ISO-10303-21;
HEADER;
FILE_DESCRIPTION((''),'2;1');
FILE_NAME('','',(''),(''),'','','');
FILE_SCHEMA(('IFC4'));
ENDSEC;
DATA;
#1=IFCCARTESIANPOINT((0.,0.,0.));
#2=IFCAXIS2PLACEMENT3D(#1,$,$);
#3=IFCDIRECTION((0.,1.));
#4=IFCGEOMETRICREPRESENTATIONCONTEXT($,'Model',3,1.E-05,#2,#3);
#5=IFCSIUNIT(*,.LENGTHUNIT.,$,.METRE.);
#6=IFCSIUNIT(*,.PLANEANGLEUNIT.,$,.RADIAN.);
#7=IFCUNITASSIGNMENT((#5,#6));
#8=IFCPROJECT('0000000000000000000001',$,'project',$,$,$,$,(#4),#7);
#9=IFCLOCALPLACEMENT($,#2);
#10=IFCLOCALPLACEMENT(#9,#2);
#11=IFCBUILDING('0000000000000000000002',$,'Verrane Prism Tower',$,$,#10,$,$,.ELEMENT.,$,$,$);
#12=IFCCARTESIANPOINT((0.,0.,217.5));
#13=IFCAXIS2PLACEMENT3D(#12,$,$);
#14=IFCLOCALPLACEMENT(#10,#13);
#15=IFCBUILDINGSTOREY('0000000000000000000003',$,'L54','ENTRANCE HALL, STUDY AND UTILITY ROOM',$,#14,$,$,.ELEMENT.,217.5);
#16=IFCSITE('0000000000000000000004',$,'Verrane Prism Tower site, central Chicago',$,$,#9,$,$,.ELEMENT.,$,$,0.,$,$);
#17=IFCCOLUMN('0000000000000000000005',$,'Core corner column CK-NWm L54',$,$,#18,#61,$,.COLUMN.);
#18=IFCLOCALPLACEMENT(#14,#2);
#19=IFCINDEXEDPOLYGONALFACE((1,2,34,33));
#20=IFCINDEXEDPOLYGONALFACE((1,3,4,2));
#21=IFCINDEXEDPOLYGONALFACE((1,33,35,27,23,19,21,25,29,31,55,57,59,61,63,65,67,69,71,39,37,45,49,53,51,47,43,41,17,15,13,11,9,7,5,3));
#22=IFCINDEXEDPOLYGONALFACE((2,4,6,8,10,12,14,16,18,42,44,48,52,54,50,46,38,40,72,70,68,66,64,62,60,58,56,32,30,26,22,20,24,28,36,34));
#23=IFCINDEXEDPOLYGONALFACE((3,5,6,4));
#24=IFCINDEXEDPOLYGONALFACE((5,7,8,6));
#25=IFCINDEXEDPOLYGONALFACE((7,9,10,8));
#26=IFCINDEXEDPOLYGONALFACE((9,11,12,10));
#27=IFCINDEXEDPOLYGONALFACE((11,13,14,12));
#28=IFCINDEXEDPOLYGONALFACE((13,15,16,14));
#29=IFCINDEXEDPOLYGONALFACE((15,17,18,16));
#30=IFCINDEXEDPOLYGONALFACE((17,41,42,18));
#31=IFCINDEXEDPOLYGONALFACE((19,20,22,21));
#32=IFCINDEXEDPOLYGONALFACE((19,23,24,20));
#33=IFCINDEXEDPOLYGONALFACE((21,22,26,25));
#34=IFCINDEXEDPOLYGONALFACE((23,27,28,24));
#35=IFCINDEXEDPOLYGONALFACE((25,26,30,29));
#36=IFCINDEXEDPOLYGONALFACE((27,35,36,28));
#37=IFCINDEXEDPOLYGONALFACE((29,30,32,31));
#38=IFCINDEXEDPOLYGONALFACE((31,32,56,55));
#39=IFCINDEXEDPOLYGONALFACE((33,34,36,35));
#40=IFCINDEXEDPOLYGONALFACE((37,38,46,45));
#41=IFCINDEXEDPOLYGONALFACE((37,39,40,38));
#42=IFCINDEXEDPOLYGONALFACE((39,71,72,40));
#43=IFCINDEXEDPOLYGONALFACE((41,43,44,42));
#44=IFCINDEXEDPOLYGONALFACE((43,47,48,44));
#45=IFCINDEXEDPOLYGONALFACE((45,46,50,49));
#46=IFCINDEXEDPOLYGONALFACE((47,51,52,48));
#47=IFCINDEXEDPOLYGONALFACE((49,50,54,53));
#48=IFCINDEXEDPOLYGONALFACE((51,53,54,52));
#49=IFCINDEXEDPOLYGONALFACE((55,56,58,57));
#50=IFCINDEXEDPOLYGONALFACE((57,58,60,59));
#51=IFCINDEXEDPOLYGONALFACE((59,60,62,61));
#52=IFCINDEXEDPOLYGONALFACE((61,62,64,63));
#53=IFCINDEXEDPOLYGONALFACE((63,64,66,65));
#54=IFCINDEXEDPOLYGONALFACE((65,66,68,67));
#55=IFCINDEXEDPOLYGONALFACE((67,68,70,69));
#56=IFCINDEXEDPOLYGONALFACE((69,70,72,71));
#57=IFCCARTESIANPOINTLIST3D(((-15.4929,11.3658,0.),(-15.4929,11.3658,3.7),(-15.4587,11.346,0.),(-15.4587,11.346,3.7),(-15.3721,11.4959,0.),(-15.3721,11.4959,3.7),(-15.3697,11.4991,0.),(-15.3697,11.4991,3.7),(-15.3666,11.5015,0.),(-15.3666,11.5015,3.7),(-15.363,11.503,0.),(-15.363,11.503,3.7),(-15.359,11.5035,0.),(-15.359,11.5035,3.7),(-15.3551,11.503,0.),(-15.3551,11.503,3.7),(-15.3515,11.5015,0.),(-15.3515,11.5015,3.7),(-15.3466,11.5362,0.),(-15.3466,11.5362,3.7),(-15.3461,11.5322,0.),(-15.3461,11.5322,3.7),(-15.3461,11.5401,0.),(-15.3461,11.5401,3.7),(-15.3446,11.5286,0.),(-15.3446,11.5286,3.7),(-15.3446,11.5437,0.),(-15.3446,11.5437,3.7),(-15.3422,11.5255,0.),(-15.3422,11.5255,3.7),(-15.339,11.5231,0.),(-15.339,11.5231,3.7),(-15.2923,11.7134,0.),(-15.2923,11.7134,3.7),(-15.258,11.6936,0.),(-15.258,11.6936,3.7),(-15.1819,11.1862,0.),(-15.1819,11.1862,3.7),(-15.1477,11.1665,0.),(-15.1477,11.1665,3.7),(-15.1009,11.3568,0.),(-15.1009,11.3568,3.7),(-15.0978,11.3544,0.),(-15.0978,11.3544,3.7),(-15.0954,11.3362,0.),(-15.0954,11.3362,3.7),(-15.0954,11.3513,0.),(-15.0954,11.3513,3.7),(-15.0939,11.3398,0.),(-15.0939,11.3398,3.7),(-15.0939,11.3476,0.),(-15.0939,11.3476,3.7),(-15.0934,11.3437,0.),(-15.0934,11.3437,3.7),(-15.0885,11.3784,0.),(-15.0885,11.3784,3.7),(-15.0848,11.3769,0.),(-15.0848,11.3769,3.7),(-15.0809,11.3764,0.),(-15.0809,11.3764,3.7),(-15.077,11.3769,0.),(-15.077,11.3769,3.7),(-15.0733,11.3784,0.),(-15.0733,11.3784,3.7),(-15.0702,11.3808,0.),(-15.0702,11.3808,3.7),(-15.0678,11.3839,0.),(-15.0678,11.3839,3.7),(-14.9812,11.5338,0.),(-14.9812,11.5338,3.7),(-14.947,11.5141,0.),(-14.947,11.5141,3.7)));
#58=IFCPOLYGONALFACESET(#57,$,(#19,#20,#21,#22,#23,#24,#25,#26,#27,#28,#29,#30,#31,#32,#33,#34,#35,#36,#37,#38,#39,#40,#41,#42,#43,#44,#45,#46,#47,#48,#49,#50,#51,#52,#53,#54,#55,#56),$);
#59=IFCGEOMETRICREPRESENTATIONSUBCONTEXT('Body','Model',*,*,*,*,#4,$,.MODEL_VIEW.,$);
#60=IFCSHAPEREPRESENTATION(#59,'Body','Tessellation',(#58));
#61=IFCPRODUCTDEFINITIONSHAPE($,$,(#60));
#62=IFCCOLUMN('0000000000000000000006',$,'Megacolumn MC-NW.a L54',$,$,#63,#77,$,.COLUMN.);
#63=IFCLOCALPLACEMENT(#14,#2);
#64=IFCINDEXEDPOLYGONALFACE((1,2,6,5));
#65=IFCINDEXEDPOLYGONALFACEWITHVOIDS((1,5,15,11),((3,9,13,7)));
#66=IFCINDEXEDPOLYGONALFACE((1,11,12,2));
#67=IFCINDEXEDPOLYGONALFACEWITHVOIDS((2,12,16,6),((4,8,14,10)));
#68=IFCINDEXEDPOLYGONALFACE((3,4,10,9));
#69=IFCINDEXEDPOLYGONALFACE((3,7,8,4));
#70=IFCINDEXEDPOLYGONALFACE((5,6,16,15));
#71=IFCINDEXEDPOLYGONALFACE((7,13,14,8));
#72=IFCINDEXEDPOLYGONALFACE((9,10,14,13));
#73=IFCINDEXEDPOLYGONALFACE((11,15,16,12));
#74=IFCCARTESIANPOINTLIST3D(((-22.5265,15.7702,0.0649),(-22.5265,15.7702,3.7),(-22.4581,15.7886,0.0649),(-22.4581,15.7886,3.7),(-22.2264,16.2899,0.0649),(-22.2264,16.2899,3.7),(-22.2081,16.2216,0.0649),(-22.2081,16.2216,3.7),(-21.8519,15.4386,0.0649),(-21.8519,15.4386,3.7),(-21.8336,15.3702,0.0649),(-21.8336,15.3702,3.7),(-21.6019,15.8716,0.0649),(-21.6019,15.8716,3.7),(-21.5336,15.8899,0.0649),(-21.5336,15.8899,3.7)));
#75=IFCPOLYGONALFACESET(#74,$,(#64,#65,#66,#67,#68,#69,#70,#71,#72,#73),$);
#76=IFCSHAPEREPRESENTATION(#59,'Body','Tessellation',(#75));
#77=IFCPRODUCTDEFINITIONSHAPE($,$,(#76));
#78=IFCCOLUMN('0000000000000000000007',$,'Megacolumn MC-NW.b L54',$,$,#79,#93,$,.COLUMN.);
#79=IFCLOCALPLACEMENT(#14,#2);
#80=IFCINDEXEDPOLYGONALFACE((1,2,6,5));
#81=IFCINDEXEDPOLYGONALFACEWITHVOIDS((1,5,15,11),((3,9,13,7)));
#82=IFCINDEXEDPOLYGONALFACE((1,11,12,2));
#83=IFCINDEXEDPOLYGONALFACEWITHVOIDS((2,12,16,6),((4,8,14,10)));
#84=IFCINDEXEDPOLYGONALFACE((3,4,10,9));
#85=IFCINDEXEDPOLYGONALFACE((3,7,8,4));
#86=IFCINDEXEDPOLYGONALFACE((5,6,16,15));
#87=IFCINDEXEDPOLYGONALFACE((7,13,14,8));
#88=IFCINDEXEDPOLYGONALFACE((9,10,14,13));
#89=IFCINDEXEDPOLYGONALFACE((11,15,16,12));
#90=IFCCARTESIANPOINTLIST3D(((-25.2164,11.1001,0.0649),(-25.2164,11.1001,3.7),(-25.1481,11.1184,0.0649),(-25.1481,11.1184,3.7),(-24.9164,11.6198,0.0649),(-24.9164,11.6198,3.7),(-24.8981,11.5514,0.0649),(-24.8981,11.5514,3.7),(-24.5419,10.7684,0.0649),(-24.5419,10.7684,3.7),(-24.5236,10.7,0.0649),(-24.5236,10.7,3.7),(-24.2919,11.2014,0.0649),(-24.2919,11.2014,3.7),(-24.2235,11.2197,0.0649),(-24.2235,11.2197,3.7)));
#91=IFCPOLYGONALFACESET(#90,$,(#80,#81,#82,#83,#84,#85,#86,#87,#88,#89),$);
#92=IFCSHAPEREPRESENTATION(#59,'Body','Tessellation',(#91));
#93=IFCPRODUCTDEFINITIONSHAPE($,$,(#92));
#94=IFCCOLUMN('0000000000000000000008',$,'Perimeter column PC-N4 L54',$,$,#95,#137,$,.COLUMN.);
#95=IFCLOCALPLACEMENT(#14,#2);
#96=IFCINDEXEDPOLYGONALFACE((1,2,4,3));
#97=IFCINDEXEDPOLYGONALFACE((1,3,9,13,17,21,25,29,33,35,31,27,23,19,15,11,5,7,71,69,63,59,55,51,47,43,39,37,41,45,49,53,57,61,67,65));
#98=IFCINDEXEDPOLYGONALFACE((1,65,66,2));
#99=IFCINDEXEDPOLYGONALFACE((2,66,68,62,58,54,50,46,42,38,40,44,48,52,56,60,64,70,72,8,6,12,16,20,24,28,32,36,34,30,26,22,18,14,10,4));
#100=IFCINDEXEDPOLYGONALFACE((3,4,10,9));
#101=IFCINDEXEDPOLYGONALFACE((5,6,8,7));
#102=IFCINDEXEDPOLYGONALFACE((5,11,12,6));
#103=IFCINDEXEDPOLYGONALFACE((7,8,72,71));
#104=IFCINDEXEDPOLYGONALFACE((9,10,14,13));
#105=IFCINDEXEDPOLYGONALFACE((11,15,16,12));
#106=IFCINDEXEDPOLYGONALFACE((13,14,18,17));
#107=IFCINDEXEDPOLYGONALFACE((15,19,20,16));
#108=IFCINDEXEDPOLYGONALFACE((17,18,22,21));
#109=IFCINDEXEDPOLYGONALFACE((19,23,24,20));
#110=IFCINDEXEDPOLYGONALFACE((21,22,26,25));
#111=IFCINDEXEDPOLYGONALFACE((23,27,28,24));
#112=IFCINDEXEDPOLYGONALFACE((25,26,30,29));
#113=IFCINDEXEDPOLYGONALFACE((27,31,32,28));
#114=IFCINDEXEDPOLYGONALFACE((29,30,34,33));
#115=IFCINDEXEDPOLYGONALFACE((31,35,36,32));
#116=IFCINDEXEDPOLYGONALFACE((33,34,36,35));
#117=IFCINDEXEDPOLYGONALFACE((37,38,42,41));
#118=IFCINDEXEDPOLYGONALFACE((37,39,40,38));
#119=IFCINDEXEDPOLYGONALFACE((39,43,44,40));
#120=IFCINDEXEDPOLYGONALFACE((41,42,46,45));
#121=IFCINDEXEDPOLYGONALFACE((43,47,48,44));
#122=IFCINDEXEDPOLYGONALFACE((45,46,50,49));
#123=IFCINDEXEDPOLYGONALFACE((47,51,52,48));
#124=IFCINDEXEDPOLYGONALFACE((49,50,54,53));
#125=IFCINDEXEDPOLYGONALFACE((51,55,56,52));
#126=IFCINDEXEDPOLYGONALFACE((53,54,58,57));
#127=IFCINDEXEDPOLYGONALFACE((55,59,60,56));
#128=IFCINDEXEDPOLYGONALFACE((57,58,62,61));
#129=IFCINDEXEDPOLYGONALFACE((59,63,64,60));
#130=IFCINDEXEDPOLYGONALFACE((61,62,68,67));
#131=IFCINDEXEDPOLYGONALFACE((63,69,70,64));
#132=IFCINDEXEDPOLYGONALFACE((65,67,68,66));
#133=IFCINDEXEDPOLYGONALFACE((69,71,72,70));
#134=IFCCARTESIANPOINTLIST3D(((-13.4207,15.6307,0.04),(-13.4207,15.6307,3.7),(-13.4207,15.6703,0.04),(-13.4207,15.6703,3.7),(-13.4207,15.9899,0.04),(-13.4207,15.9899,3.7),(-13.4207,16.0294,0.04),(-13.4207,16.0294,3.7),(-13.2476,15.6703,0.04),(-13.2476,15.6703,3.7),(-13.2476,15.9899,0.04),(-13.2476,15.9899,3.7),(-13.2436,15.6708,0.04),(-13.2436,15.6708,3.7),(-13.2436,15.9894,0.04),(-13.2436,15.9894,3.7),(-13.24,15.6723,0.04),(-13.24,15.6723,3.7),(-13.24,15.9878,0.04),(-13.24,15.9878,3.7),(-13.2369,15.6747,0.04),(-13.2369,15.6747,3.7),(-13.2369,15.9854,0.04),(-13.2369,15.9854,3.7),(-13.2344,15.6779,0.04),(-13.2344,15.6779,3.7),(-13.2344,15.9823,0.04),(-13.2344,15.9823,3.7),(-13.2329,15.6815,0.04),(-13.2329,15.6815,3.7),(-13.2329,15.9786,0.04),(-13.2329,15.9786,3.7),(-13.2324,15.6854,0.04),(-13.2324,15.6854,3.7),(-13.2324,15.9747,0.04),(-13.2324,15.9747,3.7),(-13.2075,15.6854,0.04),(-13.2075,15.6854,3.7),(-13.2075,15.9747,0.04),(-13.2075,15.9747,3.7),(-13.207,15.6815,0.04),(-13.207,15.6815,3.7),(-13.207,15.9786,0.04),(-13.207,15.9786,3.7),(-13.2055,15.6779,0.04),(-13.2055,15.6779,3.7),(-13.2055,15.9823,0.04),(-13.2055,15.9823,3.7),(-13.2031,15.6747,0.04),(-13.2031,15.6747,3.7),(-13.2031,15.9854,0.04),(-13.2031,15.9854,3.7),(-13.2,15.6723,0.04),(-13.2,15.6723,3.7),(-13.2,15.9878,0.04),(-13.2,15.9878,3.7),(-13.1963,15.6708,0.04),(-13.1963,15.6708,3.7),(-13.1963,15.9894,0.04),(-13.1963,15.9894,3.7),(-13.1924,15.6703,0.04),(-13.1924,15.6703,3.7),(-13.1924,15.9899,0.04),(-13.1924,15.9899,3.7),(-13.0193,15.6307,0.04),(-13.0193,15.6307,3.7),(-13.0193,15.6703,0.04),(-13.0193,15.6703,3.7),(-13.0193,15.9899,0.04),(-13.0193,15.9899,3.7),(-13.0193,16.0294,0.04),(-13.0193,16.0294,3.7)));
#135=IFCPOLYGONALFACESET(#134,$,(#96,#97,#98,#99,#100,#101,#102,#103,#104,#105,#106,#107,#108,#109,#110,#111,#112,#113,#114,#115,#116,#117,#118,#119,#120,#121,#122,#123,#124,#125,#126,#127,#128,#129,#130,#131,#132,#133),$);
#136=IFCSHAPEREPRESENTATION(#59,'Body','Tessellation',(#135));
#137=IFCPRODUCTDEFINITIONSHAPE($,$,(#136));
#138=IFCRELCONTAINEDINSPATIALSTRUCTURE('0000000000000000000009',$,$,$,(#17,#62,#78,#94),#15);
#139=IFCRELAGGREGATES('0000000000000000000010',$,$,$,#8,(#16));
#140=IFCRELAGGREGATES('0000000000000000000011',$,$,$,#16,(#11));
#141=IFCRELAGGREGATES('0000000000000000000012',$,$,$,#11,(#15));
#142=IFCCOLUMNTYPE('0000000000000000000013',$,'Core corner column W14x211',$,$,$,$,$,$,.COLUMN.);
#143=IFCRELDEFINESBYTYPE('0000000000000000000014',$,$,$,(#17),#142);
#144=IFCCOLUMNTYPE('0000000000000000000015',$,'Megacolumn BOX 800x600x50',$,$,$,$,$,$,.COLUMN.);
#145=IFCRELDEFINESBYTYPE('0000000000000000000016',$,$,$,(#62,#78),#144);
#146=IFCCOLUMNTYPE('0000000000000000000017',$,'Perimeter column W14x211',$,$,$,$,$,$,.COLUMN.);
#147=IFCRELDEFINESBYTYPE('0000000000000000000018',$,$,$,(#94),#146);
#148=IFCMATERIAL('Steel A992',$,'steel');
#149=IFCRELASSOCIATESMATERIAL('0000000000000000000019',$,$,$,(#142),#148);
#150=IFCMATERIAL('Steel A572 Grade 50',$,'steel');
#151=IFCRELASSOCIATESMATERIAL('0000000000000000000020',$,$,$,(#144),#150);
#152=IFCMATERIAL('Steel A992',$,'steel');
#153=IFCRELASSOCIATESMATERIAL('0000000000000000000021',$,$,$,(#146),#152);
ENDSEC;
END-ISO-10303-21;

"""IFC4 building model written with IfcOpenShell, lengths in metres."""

from ifc_helpers import new_model, si_unit, direction, frame, origin, origin_2d, place, context, subcontext, project, spatial, hollow_rectangle, i_section, extrude, material, material_profile, profile_set, type_object, element, save


model = new_model("IFC4")

# Units and contexts
model_context = context("Model", 3, precision=1e-05, world=origin(), true_north=direction((0.0, 1.0)))
body_context = subcontext(model_context, "Body", "Model", "MODEL_VIEW")
ifc_project = project(units=[si_unit("LENGTHUNIT", "METRE"), si_unit("PLANEANGLEUNIT", "RADIAN")], contexts=[model_context])

# Site, building, storey
site_placement = place(None, origin())
site = spatial("IfcSite", under=ifc_project, at=site_placement, Name="Verrane Prism Tower site, central Chicago", CompositionType="ELEMENT", RefElevation=0.0)
building_placement = place(site_placement, origin())
building = spatial("IfcBuilding", under=site, at=building_placement, Name="Verrane Prism Tower", CompositionType="ELEMENT")
storey_placement = place(building_placement, frame((0.0, 0.0, 217.5)))
storey = spatial("IfcBuildingStorey", under=building, at=storey_placement, Name="L54", Description="ENTRANCE HALL, STUDY AND UTILITY ROOM", CompositionType="ELEMENT", Elevation=217.5)

# Columns
ifc_material_1 = material(Name="Steel A992", Category="steel")
ifc_material_profile_1 = material_profile(ifc_material_1, i_section(OverallWidth=0.4014, OverallDepth=0.3987, WebThickness=0.0249, FlangeThickness=0.0396, FilletRadius=0.0151, at=origin_2d()), Name="W14x211")
ifc_profile_set_1 = profile_set([ifc_material_profile_1], Name="Steel A992")
column_type_1 = type_object("IfcColumnType", Name="Core corner column W14x211", PredefinedType="COLUMN", material=ifc_profile_set_1)
column_1_placement = place(storey_placement, frame((-15.22, 11.4399, 0.0), z_axis=(0.0, 0.0, 1.0), x_axis=(0.5, 0.866025, 0.0)))
element("IfcColumn", 1, at=column_1_placement, inside=storey, type_object=column_type_1, Name="Core corner column CK-NWm L54", PredefinedType="COLUMN", context=body_context, shape_type="SweptSolid", body=[
    extrude(i_section(OverallWidth=0.4014, OverallDepth=0.3987, WebThickness=0.0249, FlangeThickness=0.0396, FilletRadius=0.0151, at=origin_2d()), origin(), (0.0, 0.0, 1.0), 3.7),
])
ifc_material_2 = material(Name="Steel A572 Grade 50", Category="steel")
ifc_material_profile_2 = material_profile(ifc_material_2, hollow_rectangle(XDim=0.6001, YDim=0.8, WallThickness=0.05, at=origin_2d()), Name="BOX 800x600x50")
ifc_profile_set_2 = profile_set([ifc_material_profile_2], Name="Steel A572 Grade 50")
column_type_2 = type_object("IfcColumnType", Name="Megacolumn BOX 800x600x50", PredefinedType="COLUMN", material=ifc_profile_set_2)
for number, where, z_axis, x_axis, name in (
    (2, (-22.03, 15.8301, 0.0649), (0.0, 0.0, 1.0), (0.5, 0.866025, 0.0), "Megacolumn MC-NW.a L54"),
    (3, (-24.72, 11.1599, 0.0649), (0.0, 0.0, 1.0), (0.5, 0.866025, 0.0), "Megacolumn MC-NW.b L54"),
):
    element("IfcColumn", number, at=place(storey_placement, frame(where, z_axis=z_axis, x_axis=x_axis)), inside=storey, type_object=column_type_2, Name=name, PredefinedType="COLUMN", context=body_context, shape_type="SweptSolid", body=[
        extrude(hollow_rectangle(XDim=0.6001, YDim=0.8, WallThickness=0.05, at=origin_2d()), origin(), (0.0, 0.0, 1.0), 3.635),
    ])
ifc_material_3 = material(Name="Steel A992", Category="steel")
ifc_material_profile_3 = material_profile(ifc_material_3, i_section(OverallWidth=0.4014, OverallDepth=0.3987, WebThickness=0.0249, FlangeThickness=0.0396, FilletRadius=0.0151, at=origin_2d()), Name="W14x211")
ifc_profile_set_3 = profile_set([ifc_material_profile_3], Name="Steel A992")
column_type_3 = type_object("IfcColumnType", Name="Perimeter column W14x211", PredefinedType="COLUMN", material=ifc_profile_set_3)
column_2_placement = place(storey_placement, frame((-13.22, 15.8301, 0.04), z_axis=(0.0, 0.0, 1.0), x_axis=(1.0, 0.0, 0.0)))
element("IfcColumn", 4, at=column_2_placement, inside=storey, type_object=column_type_3, Name="Perimeter column PC-N4 L54", PredefinedType="COLUMN", context=body_context, shape_type="SweptSolid", body=[
    extrude(i_section(OverallWidth=0.4014, OverallDepth=0.3987, WebThickness=0.0249, FlangeThickness=0.0396, FilletRadius=0.0151, at=origin_2d()), origin(), (0.0, 0.0, 1.0), 3.6599),
])

save(model, "model.ifc")
